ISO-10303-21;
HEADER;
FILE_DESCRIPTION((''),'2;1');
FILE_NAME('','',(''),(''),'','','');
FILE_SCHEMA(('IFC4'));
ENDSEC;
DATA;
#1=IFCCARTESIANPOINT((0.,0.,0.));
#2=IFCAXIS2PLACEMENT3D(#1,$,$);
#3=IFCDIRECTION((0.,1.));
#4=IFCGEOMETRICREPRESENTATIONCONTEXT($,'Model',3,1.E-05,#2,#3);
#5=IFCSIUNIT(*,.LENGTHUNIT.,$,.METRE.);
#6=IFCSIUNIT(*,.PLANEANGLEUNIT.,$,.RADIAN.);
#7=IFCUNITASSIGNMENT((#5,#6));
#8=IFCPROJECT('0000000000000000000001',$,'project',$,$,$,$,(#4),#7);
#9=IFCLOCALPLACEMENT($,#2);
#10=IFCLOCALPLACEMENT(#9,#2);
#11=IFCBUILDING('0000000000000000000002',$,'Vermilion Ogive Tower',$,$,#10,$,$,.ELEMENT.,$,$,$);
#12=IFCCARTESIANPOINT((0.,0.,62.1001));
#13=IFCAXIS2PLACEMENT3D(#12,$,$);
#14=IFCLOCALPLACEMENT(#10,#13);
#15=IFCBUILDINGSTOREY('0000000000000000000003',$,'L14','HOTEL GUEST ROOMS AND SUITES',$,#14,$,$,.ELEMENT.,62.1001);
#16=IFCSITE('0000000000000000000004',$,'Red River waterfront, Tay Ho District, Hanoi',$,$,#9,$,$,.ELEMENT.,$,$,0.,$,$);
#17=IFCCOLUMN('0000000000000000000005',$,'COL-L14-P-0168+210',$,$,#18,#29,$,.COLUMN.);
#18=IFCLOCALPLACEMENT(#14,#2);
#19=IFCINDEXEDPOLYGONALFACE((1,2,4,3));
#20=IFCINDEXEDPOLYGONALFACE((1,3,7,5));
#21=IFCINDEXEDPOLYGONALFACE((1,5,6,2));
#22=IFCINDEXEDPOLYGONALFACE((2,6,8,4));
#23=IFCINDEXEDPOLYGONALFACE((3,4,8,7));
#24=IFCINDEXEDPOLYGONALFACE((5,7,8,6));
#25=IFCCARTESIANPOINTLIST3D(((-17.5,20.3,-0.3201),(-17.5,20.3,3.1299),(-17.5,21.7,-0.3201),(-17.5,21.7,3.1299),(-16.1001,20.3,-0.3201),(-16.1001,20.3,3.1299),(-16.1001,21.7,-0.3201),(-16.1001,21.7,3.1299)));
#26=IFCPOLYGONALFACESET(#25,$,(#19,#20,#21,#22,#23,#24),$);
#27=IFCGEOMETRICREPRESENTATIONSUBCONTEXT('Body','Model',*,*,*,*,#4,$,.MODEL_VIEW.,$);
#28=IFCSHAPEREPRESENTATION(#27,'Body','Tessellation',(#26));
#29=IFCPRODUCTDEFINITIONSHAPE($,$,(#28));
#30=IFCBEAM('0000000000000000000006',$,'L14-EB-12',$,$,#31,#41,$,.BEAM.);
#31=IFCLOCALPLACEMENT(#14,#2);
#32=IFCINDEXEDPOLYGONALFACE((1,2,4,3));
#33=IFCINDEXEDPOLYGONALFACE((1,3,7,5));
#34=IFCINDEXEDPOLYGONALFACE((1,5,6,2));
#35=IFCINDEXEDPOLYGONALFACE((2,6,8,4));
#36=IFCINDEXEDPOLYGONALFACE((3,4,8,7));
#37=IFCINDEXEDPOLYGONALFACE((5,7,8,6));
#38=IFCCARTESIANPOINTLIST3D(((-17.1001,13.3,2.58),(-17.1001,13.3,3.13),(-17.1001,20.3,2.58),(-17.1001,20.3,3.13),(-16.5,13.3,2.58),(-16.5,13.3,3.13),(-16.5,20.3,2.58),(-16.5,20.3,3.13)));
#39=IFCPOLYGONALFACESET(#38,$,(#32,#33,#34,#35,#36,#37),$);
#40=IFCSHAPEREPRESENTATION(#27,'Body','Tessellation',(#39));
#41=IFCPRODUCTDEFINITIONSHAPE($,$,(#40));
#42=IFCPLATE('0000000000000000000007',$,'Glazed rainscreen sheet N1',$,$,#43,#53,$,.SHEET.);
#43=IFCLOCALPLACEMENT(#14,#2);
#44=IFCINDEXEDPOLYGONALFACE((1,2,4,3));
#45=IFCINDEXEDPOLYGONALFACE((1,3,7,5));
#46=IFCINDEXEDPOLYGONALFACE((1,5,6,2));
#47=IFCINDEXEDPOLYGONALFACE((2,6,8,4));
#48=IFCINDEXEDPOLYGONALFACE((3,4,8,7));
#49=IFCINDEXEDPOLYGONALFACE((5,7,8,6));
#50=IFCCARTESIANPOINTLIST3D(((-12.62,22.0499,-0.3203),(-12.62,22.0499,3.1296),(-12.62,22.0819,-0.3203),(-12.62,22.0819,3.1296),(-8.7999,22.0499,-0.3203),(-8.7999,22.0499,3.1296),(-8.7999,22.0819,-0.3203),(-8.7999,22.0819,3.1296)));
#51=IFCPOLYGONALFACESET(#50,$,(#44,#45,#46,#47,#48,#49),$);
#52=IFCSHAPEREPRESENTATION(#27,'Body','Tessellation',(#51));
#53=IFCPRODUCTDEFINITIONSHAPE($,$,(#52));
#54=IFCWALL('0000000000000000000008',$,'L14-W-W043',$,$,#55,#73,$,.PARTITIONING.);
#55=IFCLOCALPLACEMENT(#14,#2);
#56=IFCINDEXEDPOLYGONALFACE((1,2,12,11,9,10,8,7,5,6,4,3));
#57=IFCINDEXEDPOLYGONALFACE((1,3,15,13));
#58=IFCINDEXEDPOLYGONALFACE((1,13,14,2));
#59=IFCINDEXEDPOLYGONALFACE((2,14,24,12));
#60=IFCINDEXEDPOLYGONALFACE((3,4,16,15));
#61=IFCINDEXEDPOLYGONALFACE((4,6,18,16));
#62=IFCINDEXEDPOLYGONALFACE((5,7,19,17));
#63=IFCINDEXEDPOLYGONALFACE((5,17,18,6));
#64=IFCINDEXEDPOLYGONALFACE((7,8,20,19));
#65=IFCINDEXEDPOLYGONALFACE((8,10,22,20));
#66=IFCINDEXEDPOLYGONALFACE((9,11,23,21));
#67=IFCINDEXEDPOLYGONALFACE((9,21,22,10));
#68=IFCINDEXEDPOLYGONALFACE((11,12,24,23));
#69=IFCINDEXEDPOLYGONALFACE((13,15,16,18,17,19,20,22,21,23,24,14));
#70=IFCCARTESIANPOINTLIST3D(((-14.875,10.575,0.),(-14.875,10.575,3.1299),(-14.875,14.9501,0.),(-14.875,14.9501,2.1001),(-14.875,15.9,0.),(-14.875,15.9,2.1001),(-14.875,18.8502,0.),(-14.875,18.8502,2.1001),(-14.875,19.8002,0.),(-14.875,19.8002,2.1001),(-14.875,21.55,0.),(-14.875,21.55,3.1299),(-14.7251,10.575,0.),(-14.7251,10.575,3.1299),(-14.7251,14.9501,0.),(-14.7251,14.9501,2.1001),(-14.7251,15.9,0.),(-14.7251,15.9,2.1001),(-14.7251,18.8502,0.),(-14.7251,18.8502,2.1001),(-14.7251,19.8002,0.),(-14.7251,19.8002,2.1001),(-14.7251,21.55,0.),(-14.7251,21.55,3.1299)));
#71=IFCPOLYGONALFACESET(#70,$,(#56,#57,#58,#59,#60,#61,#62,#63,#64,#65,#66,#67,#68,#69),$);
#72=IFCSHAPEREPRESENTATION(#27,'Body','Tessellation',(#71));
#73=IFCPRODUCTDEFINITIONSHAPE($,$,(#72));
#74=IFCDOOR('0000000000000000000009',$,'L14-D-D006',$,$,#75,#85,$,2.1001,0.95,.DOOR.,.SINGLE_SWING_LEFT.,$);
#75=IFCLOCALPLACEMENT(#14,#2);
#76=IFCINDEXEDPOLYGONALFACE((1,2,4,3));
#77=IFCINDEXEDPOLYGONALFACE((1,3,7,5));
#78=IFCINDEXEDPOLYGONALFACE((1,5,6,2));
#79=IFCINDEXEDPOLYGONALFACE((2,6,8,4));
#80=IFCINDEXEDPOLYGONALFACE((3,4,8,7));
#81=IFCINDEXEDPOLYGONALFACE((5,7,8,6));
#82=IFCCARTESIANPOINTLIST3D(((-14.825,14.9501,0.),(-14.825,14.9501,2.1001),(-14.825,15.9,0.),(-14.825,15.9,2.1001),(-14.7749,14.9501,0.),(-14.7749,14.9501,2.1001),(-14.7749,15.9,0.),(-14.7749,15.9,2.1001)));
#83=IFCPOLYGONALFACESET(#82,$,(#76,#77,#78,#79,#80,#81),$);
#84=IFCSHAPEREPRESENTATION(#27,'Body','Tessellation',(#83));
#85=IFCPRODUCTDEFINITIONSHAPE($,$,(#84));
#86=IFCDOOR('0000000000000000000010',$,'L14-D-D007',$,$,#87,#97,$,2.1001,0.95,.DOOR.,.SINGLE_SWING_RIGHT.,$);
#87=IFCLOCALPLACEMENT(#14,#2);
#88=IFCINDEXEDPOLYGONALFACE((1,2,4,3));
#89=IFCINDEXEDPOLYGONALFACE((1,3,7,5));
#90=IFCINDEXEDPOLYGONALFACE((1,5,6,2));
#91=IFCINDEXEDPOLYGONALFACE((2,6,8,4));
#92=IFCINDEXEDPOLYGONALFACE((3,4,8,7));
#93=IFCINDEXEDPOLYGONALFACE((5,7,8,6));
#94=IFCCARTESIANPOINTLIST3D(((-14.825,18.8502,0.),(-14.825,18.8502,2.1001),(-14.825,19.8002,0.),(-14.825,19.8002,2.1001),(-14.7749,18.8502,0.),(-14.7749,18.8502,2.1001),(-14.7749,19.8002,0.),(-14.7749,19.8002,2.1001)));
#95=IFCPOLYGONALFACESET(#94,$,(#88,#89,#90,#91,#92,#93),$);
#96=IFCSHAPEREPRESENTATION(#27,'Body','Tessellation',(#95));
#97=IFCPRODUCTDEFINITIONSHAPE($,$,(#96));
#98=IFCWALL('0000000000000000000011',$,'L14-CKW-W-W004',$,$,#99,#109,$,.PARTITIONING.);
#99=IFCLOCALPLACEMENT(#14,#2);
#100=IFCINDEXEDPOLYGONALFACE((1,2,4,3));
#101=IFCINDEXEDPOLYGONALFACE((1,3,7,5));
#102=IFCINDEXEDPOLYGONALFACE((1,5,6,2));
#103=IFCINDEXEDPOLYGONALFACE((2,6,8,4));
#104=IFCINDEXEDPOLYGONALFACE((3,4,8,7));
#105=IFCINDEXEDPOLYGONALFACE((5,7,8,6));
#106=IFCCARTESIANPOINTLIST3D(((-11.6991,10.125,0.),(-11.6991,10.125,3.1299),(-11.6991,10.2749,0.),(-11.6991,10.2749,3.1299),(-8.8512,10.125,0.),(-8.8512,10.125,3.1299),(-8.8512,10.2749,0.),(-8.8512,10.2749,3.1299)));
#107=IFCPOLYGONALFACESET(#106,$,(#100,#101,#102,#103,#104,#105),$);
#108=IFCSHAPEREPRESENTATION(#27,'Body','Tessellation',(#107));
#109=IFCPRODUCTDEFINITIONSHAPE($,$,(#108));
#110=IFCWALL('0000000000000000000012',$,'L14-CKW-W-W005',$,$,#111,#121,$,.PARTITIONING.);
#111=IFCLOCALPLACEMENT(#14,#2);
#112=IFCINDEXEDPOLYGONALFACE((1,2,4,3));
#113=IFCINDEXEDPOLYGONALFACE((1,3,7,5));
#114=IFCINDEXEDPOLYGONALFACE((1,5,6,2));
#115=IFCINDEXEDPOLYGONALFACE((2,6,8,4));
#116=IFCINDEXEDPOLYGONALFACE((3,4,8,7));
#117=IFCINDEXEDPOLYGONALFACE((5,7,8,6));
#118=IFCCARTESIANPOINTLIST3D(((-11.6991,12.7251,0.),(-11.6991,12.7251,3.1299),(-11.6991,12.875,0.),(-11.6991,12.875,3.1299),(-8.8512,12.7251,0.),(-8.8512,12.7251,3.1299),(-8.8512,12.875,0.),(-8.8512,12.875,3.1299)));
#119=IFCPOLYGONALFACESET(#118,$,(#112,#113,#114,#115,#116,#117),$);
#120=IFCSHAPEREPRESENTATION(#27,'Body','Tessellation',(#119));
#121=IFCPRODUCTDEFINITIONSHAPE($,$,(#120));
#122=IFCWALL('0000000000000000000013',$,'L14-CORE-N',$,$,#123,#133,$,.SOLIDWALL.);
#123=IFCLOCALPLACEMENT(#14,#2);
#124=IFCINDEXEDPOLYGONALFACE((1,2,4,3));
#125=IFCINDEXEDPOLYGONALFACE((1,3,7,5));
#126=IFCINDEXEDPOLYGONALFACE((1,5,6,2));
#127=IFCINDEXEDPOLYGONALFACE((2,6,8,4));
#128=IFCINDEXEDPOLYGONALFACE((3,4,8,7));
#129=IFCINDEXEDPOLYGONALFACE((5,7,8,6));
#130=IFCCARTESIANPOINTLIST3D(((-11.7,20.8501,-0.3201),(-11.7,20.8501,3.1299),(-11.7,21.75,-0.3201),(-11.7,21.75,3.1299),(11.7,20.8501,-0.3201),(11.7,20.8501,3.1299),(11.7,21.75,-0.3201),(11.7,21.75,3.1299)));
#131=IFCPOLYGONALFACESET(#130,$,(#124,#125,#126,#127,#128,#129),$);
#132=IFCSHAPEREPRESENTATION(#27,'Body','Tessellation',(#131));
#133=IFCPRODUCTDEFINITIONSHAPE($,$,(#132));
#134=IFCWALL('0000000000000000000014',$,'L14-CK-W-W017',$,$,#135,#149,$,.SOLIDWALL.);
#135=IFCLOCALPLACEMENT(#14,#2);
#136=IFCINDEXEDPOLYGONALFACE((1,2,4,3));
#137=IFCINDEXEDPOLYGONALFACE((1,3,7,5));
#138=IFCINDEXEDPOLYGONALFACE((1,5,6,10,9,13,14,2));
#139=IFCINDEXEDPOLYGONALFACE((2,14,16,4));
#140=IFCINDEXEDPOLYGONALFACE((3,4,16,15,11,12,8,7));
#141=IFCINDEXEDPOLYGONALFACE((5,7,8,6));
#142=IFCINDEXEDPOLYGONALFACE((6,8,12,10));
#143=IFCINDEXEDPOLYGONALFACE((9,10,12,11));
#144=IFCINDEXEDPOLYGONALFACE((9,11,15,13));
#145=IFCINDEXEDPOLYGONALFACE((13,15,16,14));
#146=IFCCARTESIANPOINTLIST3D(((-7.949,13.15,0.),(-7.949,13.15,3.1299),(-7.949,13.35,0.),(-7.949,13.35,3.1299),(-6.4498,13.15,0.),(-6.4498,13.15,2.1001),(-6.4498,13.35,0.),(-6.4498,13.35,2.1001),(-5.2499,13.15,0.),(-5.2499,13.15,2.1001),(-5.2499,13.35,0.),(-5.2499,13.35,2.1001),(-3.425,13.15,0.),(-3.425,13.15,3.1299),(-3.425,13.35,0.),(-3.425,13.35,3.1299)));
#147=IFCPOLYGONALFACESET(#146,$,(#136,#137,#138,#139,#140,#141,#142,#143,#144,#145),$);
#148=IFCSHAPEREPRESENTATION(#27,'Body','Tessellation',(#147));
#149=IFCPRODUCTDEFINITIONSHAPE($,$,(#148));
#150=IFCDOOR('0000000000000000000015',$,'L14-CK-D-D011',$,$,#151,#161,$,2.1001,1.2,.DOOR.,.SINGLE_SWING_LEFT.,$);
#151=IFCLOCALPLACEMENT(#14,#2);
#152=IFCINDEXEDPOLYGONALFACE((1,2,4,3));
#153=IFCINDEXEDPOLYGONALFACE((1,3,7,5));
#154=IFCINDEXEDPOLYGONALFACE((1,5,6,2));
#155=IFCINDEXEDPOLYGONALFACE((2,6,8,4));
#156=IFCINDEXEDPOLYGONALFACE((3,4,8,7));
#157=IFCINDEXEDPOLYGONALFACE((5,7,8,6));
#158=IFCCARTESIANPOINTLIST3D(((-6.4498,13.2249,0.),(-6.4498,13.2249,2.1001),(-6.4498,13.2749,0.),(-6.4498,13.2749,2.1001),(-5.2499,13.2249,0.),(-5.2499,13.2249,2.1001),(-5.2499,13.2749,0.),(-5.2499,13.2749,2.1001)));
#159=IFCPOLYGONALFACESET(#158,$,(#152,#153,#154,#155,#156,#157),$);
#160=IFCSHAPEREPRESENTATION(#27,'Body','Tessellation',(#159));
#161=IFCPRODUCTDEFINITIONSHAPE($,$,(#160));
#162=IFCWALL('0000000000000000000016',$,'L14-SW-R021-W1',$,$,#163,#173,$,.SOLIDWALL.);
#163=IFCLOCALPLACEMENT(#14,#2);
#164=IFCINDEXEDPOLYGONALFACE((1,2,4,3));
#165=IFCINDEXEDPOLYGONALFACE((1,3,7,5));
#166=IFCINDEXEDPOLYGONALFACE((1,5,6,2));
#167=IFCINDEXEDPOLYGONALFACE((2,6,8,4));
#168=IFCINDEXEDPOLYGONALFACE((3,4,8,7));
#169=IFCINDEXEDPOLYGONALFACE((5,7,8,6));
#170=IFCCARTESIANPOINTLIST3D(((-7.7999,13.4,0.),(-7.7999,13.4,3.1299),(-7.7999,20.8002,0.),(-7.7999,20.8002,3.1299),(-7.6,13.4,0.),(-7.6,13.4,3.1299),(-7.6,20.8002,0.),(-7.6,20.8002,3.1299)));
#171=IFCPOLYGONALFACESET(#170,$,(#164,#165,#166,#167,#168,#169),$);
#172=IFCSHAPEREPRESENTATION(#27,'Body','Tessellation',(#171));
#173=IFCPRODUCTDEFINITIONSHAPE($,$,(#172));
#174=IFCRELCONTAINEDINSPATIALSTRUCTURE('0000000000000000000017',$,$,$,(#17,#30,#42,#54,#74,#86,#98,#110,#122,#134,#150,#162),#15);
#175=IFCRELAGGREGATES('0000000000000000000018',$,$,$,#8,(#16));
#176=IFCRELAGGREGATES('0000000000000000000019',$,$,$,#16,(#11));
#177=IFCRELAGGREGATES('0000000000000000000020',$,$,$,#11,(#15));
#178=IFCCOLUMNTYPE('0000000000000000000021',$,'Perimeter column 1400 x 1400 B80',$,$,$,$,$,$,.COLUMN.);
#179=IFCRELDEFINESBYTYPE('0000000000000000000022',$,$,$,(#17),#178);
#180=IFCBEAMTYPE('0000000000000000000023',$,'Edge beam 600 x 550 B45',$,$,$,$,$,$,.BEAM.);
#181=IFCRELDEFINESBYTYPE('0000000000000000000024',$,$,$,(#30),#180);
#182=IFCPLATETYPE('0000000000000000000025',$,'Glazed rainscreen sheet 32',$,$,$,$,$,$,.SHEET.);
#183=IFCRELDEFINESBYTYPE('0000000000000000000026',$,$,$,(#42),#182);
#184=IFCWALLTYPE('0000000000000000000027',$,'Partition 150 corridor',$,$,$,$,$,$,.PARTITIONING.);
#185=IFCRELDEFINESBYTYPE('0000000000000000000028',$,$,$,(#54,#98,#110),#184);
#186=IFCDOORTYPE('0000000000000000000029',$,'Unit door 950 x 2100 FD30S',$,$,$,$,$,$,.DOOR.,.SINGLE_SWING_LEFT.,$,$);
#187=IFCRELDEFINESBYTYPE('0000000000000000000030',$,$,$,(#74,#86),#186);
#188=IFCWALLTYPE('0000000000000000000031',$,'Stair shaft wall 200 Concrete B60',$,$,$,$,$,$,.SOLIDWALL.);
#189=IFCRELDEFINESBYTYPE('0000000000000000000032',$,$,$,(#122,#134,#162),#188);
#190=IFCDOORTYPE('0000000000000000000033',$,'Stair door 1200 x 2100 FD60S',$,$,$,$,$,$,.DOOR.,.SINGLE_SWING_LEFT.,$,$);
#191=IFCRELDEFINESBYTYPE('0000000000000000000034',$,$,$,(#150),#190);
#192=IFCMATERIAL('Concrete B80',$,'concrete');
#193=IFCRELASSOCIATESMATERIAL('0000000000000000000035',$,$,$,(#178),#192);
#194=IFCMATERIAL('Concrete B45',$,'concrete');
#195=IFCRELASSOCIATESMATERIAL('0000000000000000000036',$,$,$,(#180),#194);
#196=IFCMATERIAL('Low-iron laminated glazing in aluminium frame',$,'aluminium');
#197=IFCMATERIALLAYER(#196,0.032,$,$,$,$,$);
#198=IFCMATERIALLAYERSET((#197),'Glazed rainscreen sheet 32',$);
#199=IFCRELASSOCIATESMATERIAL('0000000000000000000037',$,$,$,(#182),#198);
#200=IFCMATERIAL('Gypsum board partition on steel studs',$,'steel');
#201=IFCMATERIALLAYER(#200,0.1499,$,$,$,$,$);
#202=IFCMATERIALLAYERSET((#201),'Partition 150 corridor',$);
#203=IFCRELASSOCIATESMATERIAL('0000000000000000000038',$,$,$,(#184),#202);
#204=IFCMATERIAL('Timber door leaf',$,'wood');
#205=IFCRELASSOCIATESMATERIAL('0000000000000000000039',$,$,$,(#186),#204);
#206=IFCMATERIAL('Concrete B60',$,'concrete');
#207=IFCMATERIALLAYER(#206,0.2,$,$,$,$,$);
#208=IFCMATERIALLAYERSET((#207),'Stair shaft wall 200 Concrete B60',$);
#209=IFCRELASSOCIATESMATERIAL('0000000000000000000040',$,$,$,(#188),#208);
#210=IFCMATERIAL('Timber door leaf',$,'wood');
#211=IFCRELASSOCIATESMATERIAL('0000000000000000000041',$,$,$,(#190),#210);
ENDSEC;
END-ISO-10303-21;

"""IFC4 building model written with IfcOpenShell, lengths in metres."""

from ifc_helpers import new_model, si_unit, direction, frame, frame_2d, origin, origin_2d, place, context, subcontext, project, spatial, rectangle, extrude, material, layer, layer_set, material_profile, profile_set, type_object, element, fill, save


model = new_model("IFC4")

# Units and contexts
model_context = context("Model", 3, precision=1e-05, world=origin(), true_north=direction((0.0, 1.0)))
body_context = subcontext(model_context, "Body", "Model", "MODEL_VIEW")
ifc_project = project(units=[si_unit("LENGTHUNIT", "METRE"), si_unit("PLANEANGLEUNIT", "RADIAN")], contexts=[model_context])

# Site, building, storey
site_placement = place(None, origin())
site = spatial("IfcSite", under=ifc_project, at=site_placement, Name="Red River waterfront, Tay Ho District, Hanoi", CompositionType="ELEMENT", RefElevation=0.0)
building_placement = place(site_placement, origin())
building = spatial("IfcBuilding", under=site, at=building_placement, Name="Vermilion Ogive Tower", CompositionType="ELEMENT")
storey_placement = place(building_placement, frame((0.0, 0.0, 62.1001)))
storey = spatial("IfcBuildingStorey", under=building, at=storey_placement, Name="L14", Description="HOTEL GUEST ROOMS AND SUITES", CompositionType="ELEMENT", Elevation=62.1001)

# Column
ifc_material_1 = material(Name="Concrete B80", Category="concrete")
ifc_material_profile_1 = material_profile(ifc_material_1, rectangle(XDim=1.3999, YDim=1.3999, at=origin_2d()), Name="1400 x 1400")
ifc_profile_set_1 = profile_set([ifc_material_profile_1], Name="Concrete B80")
column_type = type_object("IfcColumnType", Name="Perimeter column 1400 x 1400 B80", PredefinedType="COLUMN", material=ifc_profile_set_1)
column_placement = place(storey_placement, frame((-16.8, 21.0, -0.3201), z_axis=(0.0, 0.0, 1.0), x_axis=(1.0, 0.0, 0.0)))
element("IfcColumn", 1, at=column_placement, inside=storey, type_object=column_type, Name="COL-L14-P-0168+210", PredefinedType="COLUMN", context=body_context, shape_type="SweptSolid", body=[
    extrude(rectangle(XDim=1.3999, YDim=1.3999, at=origin_2d()), origin(), (0.0, 0.0, 1.0), 3.45),
])

# Beam
ifc_material_2 = material(Name="Concrete B45", Category="concrete")
ifc_material_profile_2 = material_profile(ifc_material_2, rectangle(XDim=0.6001, YDim=0.55, at=origin_2d()), Name="600 x 550")
ifc_profile_set_2 = profile_set([ifc_material_profile_2], Name="Concrete B45")
beam_type = type_object("IfcBeamType", Name="Edge beam 600 x 550 B45", PredefinedType="BEAM", material=ifc_profile_set_2)
beam_placement = place(storey_placement, frame((-16.8, 20.3, 2.855), z_axis=(0.0, -1.0, 0.0), x_axis=(1.0, 0.0, 0.0)))
element("IfcBeam", 2, at=beam_placement, inside=storey, type_object=beam_type, Name="L14-EB-12", PredefinedType="BEAM", context=body_context, shape_type="SweptSolid", body=[
    extrude(rectangle(XDim=0.6001, YDim=0.55, at=origin_2d()), origin(), (0.0, 0.0, 1.0), 7.0),
])

# Plate
ifc_material_3 = material(Name="Low-iron laminated glazing in aluminium frame", Category="aluminium")
ifc_layer_1 = layer(ifc_material_3, 0.032)
ifc_layer_set_1 = layer_set([ifc_layer_1], Name="Glazed rainscreen sheet 32")
plate_type = type_object("IfcPlateType", Name="Glazed rainscreen sheet 32", PredefinedType="SHEET", material=ifc_layer_set_1)
plate_placement = place(storey_placement, frame((-10.71, 22.0659, -0.3203), z_axis=(0.0, 0.0, 1.0), x_axis=(1.0, 0.0, 0.0)))
element("IfcPlate", 3, at=plate_placement, inside=storey, type_object=plate_type, Name="Glazed rainscreen sheet N1", PredefinedType="SHEET", context=body_context, shape_type="SweptSolid", body=[
    extrude(rectangle(XDim=3.8201, YDim=0.032, at=origin_2d()), origin(), (0.0, 0.0, 1.0), 3.45),
])

# Wall, openings, doors
ifc_material_4 = material(Name="Gypsum board partition on steel studs", Category="steel")
ifc_layer_2 = layer(ifc_material_4, 0.1499)
ifc_layer_set_2 = layer_set([ifc_layer_2], Name="Partition 150 corridor")
wall_type_1 = type_object("IfcWallType", Name="Partition 150 corridor", PredefinedType="PARTITIONING", material=ifc_layer_set_2)
wall_1_placement = place(storey_placement, frame((-14.8, 10.575, 0.0), z_axis=(0.0, 0.0, 1.0), x_axis=(0.0, 1.0, 0.0)))
wall_1 = element("IfcWall", 4, at=wall_1_placement, inside=storey, type_object=wall_type_1, Name="L14-W-W043", PredefinedType="PARTITIONING", context=body_context, shape_type="SweptSolid", body=[
    extrude(rectangle(XDim=10.9751, YDim=0.1499, at=frame_2d((5.4875, 0.0))), origin(), (0.0, 0.0, 1.0), 3.1299),
])
opening_1_placement = place(wall_1_placement, frame((4.375, 0.0, 0.0)))
opening_1 = element("IfcOpeningElement", 5, at=opening_1_placement, cuts=wall_1, PredefinedType="OPENING", context=body_context, shape_type="SweptSolid", body=[
    extrude(rectangle(XDim=0.95, YDim=2.1001, at=frame_2d((0.4751, 1.05))), frame((0.0, 0.085, 0.0), z_axis=(0.0, -1.0, 0.0), x_axis=(1.0, 0.0, 0.0)), (0.0, 0.0, 1.0), 0.1699),
])
opening_2_placement = place(wall_1_placement, frame((8.2751, 0.0, 0.0)))
opening_2 = element("IfcOpeningElement", 6, at=opening_2_placement, cuts=wall_1, PredefinedType="OPENING", context=body_context, shape_type="SweptSolid", body=[
    extrude(rectangle(XDim=0.95, YDim=2.1001, at=frame_2d((0.4751, 1.05))), frame((0.0, 0.085, 0.0), z_axis=(0.0, -1.0, 0.0), x_axis=(1.0, 0.0, 0.0)), (0.0, 0.0, 1.0), 0.1699),
])
ifc_material_5 = material(Name="Timber door leaf", Category="wood")
door_type_1 = type_object("IfcDoorType", Name="Unit door 950 x 2100 FD30S", OperationType="SINGLE_SWING_LEFT", PredefinedType="DOOR", material=ifc_material_5)
door_1_placement = place(opening_1_placement, origin())
door_1 = element("IfcDoor", 7, at=door_1_placement, inside=storey, type_object=door_type_1, Name="L14-D-D006", OperationType="SINGLE_SWING_LEFT", OverallHeight=2.1001, OverallWidth=0.95, PredefinedType="DOOR", context=body_context, shape_type="SweptSolid", body=[
    extrude(rectangle(XDim=0.95, YDim=2.1001, at=frame_2d((0.4751, 1.05))), frame((0.0, 0.0249, 0.0), z_axis=(0.0, -1.0, 0.0), x_axis=(1.0, 0.0, 0.0)), (0.0, 0.0, 1.0), 0.05),
])
fill(opening_1, door_1)
door_2_placement = place(opening_2_placement, origin())
door_2 = element("IfcDoor", 8, at=door_2_placement, inside=storey, type_object=door_type_1, Name="L14-D-D007", OperationType="SINGLE_SWING_RIGHT", OverallHeight=2.1001, OverallWidth=0.95, PredefinedType="DOOR", context=body_context, shape_type="SweptSolid", body=[
    extrude(rectangle(XDim=0.95, YDim=2.1001, at=frame_2d((0.4751, 1.05))), frame((0.0, 0.0249, 0.0), z_axis=(0.0, -1.0, 0.0), x_axis=(1.0, 0.0, 0.0)), (0.0, 0.0, 1.0), 0.05),
])
fill(opening_2, door_2)

# Walls
for number, where, z_axis, x_axis, name in (
    (9, (-11.699, 10.2, 0.0), (0.0, 0.0, 1.0), (1.0, 0.0, 0.0), "L14-CKW-W-W004"),
    (10, (-11.699, 12.8, 0.0), (0.0, 0.0, 1.0), (1.0, 0.0, 0.0), "L14-CKW-W-W005"),
):
    element("IfcWall", number, at=place(storey_placement, frame(where, z_axis=z_axis, x_axis=x_axis)), inside=storey, type_object=wall_type_1, Name=name, PredefinedType="PARTITIONING", context=body_context, shape_type="SweptSolid", body=[
        extrude(rectangle(XDim=2.8479, YDim=0.1499, at=frame_2d((1.4238, 0.0))), origin(), (0.0, 0.0, 1.0), 3.1299),
    ])
ifc_material_6 = material(Name="Concrete B60", Category="concrete")
ifc_layer_3 = layer(ifc_material_6, 0.2)
ifc_layer_set_3 = layer_set([ifc_layer_3], Name="Stair shaft wall 200 Concrete B60")
wall_type_2 = type_object("IfcWallType", Name="Stair shaft wall 200 Concrete B60", PredefinedType="SOLIDWALL", material=ifc_layer_set_3)
wall_2_placement = place(storey_placement, frame((-11.7, 21.3, -0.3201), z_axis=(0.0, 0.0, 1.0), x_axis=(1.0, 0.0, 0.0)))
element("IfcWall", 11, at=wall_2_placement, inside=storey, type_object=wall_type_2, Name="L14-CORE-N", PredefinedType="SOLIDWALL", context=body_context, shape_type="SweptSolid", body=[
    extrude(rectangle(XDim=23.3999, YDim=0.8999, at=frame_2d((11.7, 0.0))), origin(), (0.0, 0.0, 1.0), 3.45),
])

# Wall, opening, door
wall_3_placement = place(storey_placement, frame((-7.949, 13.25, 0.0), z_axis=(0.0, 0.0, 1.0), x_axis=(1.0, 0.0, 0.0)))
wall_3 = element("IfcWall", 12, at=wall_3_placement, inside=storey, type_object=wall_type_2, Name="L14-CK-W-W017", PredefinedType="SOLIDWALL", context=body_context, shape_type="SweptSolid", body=[
    extrude(rectangle(XDim=4.5239, YDim=0.2, at=frame_2d((2.262, 0.0))), origin(), (0.0, 0.0, 1.0), 3.1299),
])
opening_3_placement = place(wall_3_placement, frame((1.499, 0.0, 0.0)))
opening_3 = element("IfcOpeningElement", 13, at=opening_3_placement, cuts=wall_3, PredefinedType="OPENING", context=body_context, shape_type="SweptSolid", body=[
    extrude(rectangle(XDim=1.2, YDim=2.1001, at=frame_2d((0.6001, 1.05))), frame((0.0, 0.1099, 0.0), z_axis=(0.0, -1.0, 0.0), x_axis=(1.0, 0.0, 0.0)), (0.0, 0.0, 1.0), 0.22),
])
ifc_material_7 = material(Name="Timber door leaf", Category="wood")
door_type_2 = type_object("IfcDoorType", Name="Stair door 1200 x 2100 FD60S", OperationType="SINGLE_SWING_LEFT", PredefinedType="DOOR", material=ifc_material_7)
door_3_placement = place(opening_3_placement, origin())
door_3 = element("IfcDoor", 14, at=door_3_placement, inside=storey, type_object=door_type_2, Name="L14-CK-D-D011", OperationType="SINGLE_SWING_LEFT", OverallHeight=2.1001, OverallWidth=1.2, PredefinedType="DOOR", context=body_context, shape_type="SweptSolid", body=[
    extrude(rectangle(XDim=1.2, YDim=2.1001, at=frame_2d((0.6001, 1.05))), frame((0.0, 0.0249, 0.0), z_axis=(0.0, -1.0, 0.0), x_axis=(1.0, 0.0, 0.0)), (0.0, 0.0, 1.0), 0.05),
])
fill(opening_3, door_3)

# Wall
wall_4_placement = place(storey_placement, frame((-7.7, 13.3999, 0.0), z_axis=(0.0, 0.0, 1.0), x_axis=(0.0, 1.0, 0.0)))
element("IfcWall", 15, at=wall_4_placement, inside=storey, type_object=wall_type_2, Name="L14-SW-R021-W1", PredefinedType="SOLIDWALL", context=body_context, shape_type="SweptSolid", body=[
    extrude(rectangle(XDim=7.4001, YDim=0.2, at=frame_2d((3.7002, 0.0))), origin(), (0.0, 0.0, 1.0), 3.1299),
])

save(model, "model.ifc")
